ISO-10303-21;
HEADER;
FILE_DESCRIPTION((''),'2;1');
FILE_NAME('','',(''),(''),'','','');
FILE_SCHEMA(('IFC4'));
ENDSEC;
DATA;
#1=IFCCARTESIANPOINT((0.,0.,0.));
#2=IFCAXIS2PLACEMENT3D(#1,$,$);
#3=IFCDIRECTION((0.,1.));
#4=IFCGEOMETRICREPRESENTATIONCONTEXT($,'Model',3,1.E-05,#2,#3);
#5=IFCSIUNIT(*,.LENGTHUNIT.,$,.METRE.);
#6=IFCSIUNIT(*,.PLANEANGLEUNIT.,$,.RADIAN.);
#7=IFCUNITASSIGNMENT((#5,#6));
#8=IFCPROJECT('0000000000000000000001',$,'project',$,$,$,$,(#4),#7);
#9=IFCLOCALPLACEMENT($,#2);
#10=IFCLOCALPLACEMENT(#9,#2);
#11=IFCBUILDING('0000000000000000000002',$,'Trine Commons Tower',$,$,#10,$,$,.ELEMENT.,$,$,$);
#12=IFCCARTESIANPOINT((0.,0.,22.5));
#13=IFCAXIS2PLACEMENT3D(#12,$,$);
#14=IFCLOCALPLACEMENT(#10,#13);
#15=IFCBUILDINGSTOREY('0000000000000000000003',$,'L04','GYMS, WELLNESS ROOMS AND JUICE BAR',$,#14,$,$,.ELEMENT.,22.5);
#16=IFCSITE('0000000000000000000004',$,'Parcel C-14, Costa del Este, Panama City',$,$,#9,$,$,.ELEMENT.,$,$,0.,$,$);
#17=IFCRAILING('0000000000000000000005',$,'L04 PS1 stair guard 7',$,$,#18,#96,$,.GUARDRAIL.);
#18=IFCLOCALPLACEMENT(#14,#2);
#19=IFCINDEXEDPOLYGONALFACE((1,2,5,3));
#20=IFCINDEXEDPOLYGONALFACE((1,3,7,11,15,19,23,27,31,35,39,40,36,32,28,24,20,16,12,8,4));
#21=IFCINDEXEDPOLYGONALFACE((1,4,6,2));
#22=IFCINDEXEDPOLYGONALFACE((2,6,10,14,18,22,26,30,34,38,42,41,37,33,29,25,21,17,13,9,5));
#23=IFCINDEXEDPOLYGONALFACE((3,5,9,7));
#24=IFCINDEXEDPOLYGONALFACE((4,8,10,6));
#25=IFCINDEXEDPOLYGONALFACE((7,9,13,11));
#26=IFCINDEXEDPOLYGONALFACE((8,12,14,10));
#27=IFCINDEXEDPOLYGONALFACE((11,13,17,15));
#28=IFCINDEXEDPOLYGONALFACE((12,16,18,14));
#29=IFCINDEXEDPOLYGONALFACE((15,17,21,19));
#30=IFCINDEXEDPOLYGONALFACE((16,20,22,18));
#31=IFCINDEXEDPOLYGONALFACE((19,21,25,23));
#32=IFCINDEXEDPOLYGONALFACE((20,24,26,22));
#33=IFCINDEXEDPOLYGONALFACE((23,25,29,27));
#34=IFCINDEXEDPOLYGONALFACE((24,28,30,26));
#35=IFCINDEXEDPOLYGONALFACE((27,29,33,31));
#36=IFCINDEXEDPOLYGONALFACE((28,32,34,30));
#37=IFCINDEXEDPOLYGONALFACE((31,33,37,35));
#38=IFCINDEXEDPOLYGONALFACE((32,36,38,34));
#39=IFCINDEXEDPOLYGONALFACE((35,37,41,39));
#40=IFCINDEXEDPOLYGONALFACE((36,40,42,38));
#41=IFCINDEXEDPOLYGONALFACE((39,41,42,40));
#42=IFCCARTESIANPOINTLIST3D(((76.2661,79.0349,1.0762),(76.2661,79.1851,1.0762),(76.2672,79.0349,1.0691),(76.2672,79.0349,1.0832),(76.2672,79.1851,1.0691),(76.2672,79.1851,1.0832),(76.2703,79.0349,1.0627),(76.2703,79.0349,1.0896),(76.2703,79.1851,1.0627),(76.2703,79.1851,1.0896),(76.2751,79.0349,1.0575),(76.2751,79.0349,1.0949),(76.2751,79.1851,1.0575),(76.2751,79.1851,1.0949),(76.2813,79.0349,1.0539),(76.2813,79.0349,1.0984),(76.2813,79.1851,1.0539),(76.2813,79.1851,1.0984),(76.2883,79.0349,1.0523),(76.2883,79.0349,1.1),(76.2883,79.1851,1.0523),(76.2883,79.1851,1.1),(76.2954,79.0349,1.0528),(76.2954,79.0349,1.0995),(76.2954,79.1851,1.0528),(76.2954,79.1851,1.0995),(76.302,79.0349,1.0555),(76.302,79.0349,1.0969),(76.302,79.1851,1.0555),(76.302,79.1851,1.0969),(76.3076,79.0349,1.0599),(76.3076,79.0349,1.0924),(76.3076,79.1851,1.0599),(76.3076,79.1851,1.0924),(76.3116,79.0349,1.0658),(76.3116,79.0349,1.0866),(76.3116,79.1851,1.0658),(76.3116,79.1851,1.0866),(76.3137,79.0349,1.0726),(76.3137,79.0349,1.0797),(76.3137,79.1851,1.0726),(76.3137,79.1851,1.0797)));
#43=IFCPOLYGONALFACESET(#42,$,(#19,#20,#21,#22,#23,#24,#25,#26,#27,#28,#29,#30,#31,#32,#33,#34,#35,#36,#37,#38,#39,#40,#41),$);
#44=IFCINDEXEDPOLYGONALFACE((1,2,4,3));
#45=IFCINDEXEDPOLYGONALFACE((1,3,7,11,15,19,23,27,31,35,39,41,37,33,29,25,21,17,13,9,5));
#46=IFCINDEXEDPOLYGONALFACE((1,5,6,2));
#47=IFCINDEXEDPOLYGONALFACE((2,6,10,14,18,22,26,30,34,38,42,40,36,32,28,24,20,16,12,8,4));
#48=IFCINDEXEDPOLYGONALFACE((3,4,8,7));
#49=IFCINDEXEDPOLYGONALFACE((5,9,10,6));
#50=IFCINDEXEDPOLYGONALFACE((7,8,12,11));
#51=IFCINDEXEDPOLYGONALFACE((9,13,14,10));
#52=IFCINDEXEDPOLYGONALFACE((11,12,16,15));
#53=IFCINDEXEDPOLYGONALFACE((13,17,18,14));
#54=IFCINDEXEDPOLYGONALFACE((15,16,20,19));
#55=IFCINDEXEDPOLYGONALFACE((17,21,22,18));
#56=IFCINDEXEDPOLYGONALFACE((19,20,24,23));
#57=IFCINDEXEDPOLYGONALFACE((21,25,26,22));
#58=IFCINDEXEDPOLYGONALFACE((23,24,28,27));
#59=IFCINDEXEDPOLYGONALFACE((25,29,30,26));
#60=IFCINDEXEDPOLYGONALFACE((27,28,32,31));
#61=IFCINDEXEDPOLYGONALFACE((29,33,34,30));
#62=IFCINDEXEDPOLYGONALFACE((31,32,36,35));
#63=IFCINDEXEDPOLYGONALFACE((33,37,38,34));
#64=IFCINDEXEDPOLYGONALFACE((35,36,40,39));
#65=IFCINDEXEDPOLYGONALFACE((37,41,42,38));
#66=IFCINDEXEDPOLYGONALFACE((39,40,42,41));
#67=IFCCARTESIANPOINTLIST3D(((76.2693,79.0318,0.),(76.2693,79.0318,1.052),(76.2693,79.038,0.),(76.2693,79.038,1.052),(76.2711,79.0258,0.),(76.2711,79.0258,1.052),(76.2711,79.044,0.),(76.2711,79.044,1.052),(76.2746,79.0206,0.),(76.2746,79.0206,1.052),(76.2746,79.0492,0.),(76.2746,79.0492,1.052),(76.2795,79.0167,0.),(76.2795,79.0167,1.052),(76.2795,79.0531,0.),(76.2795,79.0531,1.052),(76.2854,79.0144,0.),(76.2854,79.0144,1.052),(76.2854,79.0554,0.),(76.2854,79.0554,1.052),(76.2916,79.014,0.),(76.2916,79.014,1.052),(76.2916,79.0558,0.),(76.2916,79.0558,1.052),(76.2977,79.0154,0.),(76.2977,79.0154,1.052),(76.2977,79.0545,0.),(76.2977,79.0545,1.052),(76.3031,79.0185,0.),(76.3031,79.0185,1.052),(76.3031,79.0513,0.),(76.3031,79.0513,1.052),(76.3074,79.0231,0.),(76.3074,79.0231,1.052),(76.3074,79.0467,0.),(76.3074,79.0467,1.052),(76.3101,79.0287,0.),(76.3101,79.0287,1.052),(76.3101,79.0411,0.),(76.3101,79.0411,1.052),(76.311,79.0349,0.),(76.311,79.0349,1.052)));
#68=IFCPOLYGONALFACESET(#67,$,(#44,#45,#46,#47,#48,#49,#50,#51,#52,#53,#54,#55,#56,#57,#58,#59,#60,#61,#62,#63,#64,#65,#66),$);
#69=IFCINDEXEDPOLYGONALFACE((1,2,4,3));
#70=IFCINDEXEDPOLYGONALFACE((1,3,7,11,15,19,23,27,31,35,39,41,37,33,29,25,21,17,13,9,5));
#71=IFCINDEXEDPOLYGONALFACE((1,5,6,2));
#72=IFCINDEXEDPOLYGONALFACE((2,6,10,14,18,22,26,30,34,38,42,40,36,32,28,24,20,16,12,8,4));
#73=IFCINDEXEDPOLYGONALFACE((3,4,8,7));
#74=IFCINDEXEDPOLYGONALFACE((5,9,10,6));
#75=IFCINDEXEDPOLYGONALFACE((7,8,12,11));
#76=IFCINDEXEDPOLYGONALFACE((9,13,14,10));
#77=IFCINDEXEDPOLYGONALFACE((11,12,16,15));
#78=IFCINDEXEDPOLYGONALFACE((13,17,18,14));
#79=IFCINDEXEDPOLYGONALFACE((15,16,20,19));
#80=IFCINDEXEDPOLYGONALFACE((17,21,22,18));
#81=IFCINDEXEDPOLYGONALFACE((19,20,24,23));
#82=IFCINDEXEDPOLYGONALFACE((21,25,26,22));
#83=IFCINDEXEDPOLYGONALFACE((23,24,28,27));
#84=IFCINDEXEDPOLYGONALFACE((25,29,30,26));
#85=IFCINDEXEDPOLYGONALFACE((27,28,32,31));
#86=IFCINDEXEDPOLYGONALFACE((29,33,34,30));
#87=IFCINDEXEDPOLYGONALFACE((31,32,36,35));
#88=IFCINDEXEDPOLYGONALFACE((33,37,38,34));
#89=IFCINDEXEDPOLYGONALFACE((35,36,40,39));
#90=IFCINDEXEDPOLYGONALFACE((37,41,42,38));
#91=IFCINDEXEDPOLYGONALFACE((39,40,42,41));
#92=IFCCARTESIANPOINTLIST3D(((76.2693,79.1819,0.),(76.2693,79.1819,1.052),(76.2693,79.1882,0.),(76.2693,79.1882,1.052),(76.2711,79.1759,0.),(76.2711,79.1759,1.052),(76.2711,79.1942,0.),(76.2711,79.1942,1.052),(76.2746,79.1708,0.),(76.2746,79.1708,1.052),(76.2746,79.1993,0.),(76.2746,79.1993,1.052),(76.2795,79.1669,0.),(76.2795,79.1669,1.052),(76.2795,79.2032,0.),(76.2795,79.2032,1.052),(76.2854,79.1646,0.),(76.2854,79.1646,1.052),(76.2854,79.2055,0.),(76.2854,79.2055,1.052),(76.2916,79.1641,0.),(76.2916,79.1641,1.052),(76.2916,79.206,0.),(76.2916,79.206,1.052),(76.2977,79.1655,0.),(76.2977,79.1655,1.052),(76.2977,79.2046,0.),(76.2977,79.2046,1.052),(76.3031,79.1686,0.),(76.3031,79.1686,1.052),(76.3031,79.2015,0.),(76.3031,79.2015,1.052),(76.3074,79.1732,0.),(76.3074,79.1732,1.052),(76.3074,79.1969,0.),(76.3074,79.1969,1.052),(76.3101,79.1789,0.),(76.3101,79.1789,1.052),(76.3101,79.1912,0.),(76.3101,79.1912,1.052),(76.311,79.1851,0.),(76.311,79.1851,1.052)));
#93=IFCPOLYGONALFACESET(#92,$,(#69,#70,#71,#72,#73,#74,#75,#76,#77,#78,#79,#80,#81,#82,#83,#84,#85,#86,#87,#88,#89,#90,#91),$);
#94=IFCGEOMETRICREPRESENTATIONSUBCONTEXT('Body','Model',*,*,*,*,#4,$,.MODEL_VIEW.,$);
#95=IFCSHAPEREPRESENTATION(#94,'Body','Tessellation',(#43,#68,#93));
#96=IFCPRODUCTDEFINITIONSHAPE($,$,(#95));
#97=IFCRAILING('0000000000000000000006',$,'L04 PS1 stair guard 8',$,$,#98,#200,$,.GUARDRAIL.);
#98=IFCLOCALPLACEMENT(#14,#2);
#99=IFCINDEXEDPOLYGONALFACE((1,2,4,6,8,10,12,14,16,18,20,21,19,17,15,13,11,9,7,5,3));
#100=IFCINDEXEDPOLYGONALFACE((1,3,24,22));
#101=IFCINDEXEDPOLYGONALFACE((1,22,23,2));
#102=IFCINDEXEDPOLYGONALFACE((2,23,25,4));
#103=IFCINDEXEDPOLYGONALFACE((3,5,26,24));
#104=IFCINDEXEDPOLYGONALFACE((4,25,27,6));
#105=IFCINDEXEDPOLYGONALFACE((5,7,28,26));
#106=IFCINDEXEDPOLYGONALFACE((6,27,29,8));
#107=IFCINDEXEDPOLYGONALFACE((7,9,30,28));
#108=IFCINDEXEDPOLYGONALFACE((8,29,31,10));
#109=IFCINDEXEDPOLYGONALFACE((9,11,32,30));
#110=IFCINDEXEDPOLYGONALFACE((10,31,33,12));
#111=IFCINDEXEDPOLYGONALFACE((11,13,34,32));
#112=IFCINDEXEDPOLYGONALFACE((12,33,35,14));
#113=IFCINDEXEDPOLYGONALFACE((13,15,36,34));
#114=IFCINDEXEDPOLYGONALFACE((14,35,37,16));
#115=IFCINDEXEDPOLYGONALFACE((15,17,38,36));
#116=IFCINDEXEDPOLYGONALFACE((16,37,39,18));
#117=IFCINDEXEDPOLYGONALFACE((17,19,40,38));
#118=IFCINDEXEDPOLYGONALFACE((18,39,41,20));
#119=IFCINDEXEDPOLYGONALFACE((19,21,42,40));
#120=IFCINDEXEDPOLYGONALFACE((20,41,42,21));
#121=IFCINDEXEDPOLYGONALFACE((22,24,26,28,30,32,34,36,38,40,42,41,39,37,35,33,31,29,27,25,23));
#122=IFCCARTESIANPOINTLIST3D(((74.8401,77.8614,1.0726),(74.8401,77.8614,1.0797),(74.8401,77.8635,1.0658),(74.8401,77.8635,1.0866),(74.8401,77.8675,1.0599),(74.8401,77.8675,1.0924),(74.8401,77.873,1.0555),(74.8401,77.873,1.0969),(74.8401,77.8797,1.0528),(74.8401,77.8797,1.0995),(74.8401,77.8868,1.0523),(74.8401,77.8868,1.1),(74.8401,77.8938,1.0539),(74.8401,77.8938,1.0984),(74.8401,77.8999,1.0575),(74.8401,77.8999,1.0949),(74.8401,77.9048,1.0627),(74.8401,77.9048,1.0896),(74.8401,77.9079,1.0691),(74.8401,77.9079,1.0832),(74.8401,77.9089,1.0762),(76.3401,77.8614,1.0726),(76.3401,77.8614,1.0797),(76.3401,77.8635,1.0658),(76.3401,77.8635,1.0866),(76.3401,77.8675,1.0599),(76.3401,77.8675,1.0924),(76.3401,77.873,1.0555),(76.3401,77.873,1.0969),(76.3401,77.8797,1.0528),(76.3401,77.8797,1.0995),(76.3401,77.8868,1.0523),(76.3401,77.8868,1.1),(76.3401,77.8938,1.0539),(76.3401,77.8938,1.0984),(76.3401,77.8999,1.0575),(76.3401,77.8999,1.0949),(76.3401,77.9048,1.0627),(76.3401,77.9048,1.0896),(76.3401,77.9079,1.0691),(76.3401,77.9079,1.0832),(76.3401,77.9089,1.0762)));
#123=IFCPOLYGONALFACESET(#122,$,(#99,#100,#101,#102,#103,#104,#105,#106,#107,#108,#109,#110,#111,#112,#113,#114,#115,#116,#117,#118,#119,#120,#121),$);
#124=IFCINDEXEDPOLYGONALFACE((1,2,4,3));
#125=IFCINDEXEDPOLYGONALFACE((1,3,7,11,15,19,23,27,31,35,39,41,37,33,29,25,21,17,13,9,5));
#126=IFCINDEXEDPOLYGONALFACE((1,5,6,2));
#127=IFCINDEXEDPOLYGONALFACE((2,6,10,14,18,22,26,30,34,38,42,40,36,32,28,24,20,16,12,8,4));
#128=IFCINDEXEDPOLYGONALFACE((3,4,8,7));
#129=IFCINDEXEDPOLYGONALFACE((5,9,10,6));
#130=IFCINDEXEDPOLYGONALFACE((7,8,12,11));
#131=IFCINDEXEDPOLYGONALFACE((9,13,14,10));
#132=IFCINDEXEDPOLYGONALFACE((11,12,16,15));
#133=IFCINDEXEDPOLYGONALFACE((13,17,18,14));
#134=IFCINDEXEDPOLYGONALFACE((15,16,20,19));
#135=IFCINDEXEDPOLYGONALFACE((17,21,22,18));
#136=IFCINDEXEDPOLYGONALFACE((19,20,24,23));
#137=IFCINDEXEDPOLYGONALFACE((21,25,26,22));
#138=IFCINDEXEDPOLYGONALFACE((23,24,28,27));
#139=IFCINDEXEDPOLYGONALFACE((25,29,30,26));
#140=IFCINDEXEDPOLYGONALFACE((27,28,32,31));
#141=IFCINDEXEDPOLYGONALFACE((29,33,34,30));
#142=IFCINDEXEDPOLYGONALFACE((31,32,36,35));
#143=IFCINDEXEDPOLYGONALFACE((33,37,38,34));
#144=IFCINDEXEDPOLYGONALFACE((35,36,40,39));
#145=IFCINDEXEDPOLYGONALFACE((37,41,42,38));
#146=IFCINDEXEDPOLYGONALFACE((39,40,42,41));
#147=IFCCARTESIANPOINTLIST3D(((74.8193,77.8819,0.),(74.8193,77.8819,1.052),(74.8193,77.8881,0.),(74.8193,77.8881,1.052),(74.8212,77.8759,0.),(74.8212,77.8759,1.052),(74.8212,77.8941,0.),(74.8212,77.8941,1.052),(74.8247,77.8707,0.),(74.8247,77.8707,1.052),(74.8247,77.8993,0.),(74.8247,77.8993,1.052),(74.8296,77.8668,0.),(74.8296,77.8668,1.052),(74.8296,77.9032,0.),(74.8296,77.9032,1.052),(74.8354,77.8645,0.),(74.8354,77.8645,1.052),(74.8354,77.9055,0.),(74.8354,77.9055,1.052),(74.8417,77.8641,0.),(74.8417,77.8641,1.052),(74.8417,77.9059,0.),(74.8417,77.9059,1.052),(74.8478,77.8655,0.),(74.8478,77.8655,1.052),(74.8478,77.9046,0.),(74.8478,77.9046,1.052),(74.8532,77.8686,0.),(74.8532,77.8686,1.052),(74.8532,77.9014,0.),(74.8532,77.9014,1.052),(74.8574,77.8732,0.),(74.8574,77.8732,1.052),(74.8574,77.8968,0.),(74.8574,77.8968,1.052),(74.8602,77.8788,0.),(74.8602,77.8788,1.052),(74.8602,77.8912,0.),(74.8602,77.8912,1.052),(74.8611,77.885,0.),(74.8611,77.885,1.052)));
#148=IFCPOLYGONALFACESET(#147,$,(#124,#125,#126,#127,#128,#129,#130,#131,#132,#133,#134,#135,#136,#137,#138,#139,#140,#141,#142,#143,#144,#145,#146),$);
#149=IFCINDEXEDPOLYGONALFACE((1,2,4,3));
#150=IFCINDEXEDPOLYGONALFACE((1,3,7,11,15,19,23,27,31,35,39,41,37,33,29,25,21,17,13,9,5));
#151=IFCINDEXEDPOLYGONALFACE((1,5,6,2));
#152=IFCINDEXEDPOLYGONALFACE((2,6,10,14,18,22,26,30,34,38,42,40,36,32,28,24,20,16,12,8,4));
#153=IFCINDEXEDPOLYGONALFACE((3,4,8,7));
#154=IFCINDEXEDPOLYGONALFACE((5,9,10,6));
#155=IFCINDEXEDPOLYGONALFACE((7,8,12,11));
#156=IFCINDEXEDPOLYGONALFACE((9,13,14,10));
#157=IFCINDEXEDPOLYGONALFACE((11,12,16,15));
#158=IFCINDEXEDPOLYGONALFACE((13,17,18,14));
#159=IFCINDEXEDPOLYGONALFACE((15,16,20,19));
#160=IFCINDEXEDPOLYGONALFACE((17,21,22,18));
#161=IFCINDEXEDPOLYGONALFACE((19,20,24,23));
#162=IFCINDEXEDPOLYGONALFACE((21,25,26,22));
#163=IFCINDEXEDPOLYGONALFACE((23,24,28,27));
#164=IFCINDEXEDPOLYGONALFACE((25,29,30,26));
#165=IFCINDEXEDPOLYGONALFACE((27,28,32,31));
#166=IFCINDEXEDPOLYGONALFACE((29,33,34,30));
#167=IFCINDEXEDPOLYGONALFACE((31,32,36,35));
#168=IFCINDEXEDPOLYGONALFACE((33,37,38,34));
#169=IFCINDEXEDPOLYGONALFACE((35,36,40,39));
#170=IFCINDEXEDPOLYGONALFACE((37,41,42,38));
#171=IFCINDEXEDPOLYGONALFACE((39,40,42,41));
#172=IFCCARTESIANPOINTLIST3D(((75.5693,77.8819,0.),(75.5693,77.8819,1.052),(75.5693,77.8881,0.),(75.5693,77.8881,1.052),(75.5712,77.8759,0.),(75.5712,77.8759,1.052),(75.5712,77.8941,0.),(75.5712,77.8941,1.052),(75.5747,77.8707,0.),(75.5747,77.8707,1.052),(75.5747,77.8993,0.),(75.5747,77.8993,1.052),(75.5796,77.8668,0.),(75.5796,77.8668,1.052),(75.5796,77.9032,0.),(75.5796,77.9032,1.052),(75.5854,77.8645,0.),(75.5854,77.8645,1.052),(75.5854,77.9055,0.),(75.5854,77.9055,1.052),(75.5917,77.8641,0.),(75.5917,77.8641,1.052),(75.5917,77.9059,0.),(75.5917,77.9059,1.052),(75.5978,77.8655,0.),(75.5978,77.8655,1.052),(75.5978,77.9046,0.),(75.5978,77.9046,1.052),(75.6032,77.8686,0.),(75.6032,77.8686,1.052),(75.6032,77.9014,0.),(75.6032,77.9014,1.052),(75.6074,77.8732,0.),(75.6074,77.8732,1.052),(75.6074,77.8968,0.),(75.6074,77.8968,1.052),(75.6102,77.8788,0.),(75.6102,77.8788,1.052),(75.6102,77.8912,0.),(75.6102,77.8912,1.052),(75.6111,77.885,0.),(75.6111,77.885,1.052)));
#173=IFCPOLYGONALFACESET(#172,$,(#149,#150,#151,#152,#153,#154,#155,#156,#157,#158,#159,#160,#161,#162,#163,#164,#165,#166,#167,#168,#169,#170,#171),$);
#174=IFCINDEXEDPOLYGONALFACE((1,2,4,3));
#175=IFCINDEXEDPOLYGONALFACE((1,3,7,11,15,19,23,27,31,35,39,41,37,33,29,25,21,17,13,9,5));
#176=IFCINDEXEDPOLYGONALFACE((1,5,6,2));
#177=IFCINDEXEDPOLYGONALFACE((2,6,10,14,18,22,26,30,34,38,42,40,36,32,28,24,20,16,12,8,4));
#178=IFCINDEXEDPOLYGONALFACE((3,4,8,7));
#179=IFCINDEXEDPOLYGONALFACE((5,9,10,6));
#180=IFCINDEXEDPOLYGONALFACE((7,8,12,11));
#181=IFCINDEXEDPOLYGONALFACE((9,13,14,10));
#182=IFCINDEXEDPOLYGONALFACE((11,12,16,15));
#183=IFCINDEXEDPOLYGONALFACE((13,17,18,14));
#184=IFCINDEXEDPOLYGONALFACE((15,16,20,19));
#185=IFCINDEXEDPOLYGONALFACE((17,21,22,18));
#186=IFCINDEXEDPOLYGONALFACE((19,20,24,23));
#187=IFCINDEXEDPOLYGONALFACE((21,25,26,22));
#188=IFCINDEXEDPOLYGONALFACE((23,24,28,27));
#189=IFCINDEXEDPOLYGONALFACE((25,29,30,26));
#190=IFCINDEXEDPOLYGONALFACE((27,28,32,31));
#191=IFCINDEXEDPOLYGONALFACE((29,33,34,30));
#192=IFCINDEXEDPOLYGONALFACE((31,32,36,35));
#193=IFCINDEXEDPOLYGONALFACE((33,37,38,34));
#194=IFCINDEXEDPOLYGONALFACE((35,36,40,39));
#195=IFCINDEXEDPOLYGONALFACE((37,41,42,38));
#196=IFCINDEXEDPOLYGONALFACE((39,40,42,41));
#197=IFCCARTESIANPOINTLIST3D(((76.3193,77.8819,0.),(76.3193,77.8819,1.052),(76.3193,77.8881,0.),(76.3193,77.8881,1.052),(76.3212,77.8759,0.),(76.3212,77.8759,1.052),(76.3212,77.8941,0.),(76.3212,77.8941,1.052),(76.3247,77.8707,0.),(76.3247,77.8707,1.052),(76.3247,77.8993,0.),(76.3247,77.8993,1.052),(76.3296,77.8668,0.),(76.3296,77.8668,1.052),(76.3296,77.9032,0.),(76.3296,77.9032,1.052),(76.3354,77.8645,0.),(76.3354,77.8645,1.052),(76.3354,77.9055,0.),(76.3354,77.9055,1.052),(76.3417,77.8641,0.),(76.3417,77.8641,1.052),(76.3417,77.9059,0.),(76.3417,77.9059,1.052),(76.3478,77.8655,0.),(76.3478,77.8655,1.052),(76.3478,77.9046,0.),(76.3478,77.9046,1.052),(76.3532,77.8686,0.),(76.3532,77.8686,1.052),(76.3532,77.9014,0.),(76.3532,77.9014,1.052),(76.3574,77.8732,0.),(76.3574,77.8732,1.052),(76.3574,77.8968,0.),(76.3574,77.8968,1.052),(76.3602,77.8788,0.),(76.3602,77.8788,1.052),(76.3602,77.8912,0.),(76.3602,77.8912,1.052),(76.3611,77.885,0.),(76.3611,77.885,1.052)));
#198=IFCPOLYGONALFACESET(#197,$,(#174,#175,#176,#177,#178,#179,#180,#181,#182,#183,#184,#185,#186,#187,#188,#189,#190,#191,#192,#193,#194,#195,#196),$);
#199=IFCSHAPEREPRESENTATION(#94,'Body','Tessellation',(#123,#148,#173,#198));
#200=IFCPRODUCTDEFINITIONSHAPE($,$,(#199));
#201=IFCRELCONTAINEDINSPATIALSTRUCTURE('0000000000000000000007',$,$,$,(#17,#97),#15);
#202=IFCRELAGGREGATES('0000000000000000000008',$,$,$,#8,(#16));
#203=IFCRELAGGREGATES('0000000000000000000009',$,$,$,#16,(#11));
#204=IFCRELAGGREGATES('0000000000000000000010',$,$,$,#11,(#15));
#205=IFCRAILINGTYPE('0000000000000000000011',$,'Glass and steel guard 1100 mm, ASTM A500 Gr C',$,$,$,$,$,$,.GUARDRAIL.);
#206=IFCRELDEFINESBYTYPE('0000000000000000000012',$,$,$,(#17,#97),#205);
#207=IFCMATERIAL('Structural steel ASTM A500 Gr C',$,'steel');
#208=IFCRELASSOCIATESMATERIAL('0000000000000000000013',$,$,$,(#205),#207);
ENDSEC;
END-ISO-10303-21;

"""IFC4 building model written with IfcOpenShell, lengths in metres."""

from ifc_helpers import new_model, si_unit, direction, frame, origin, origin_2d, place, context, subcontext, project, spatial, circle, extrude, material, type_object, element, save


model = new_model("IFC4")

# Units and contexts
model_context = context("Model", 3, precision=1e-05, world=origin(), true_north=direction((0.0, 1.0)))
body_context = subcontext(model_context, "Body", "Model", "MODEL_VIEW")
ifc_project = project(units=[si_unit("LENGTHUNIT", "METRE"), si_unit("PLANEANGLEUNIT", "RADIAN")], contexts=[model_context])

# Site, building, storey
site_placement = place(None, origin())
site = spatial("IfcSite", under=ifc_project, at=site_placement, Name="Parcel C-14, Costa del Este, Panama City", CompositionType="ELEMENT", RefElevation=0.0)
building_placement = place(site_placement, origin())
building = spatial("IfcBuilding", under=site, at=building_placement, Name="Trine Commons Tower", CompositionType="ELEMENT")
storey_placement = place(building_placement, frame((0.0, 0.0, 22.5)))
storey = spatial("IfcBuildingStorey", under=building, at=storey_placement, Name="L04", Description="GYMS, WELLNESS ROOMS AND JUICE BAR", CompositionType="ELEMENT", Elevation=22.5)

# Railings
ifc_material_1 = material(Name="Structural steel ASTM A500 Gr C", Category="steel")
railing_type_1 = type_object("IfcRailingType", Name="Glass and steel guard 1100 mm, ASTM A500 Gr C", PredefinedType="GUARDRAIL", material=ifc_material_1)
railing_1_placement = place(storey_placement, frame((76.29, 79.0349, 0.0)))
element("IfcRailing", 1, at=railing_1_placement, inside=storey, type_object=railing_type_1, Name="L04 PS1 stair guard 7", PredefinedType="GUARDRAIL", context=body_context, shape_type="SweptSolid", body=[
    extrude(circle(Radius=0.0239, at=origin_2d()), frame((0.0, 0.0, 1.0762), z_axis=(0.0, 1.0, 0.0), x_axis=(-1.0, 0.0, 0.0)), (0.0, 0.0, 1.0), 0.1501),
    extrude(circle(Radius=0.021, at=origin_2d()), origin(), (0.0, 0.0, 1.0), 1.052),
    extrude(circle(Radius=0.021, at=origin_2d()), frame((0.0, 0.1501, 0.0)), (0.0, 0.0, 1.0), 1.052),
])
for number, where, name in (
    (2, (74.8401, 77.885, 0.0), "L04 PS1 stair guard 8"),
):
    element("IfcRailing", number, at=place(storey_placement, frame(where)), inside=storey, type_object=railing_type_1, Name=name, PredefinedType="GUARDRAIL", context=body_context, shape_type="SweptSolid", body=[
        extrude(circle(Radius=0.0239, at=origin_2d()), frame((0.0, 0.0, 1.0762), z_axis=(1.0, 0.0, 0.0), x_axis=(0.0, 1.0, 0.0)), (0.0, 0.0, 1.0), 1.5),
        extrude(circle(Radius=0.021, at=origin_2d()), origin(), (0.0, 0.0, 1.0), 1.052),
        extrude(circle(Radius=0.021, at=origin_2d()), frame((0.75, 0.0, 0.0)), (0.0, 0.0, 1.0), 1.052),
        extrude(circle(Radius=0.021, at=origin_2d()), frame((1.5, 0.0, 0.0)), (0.0, 0.0, 1.0), 1.052),
    ])

save(model, "model.ifc")
